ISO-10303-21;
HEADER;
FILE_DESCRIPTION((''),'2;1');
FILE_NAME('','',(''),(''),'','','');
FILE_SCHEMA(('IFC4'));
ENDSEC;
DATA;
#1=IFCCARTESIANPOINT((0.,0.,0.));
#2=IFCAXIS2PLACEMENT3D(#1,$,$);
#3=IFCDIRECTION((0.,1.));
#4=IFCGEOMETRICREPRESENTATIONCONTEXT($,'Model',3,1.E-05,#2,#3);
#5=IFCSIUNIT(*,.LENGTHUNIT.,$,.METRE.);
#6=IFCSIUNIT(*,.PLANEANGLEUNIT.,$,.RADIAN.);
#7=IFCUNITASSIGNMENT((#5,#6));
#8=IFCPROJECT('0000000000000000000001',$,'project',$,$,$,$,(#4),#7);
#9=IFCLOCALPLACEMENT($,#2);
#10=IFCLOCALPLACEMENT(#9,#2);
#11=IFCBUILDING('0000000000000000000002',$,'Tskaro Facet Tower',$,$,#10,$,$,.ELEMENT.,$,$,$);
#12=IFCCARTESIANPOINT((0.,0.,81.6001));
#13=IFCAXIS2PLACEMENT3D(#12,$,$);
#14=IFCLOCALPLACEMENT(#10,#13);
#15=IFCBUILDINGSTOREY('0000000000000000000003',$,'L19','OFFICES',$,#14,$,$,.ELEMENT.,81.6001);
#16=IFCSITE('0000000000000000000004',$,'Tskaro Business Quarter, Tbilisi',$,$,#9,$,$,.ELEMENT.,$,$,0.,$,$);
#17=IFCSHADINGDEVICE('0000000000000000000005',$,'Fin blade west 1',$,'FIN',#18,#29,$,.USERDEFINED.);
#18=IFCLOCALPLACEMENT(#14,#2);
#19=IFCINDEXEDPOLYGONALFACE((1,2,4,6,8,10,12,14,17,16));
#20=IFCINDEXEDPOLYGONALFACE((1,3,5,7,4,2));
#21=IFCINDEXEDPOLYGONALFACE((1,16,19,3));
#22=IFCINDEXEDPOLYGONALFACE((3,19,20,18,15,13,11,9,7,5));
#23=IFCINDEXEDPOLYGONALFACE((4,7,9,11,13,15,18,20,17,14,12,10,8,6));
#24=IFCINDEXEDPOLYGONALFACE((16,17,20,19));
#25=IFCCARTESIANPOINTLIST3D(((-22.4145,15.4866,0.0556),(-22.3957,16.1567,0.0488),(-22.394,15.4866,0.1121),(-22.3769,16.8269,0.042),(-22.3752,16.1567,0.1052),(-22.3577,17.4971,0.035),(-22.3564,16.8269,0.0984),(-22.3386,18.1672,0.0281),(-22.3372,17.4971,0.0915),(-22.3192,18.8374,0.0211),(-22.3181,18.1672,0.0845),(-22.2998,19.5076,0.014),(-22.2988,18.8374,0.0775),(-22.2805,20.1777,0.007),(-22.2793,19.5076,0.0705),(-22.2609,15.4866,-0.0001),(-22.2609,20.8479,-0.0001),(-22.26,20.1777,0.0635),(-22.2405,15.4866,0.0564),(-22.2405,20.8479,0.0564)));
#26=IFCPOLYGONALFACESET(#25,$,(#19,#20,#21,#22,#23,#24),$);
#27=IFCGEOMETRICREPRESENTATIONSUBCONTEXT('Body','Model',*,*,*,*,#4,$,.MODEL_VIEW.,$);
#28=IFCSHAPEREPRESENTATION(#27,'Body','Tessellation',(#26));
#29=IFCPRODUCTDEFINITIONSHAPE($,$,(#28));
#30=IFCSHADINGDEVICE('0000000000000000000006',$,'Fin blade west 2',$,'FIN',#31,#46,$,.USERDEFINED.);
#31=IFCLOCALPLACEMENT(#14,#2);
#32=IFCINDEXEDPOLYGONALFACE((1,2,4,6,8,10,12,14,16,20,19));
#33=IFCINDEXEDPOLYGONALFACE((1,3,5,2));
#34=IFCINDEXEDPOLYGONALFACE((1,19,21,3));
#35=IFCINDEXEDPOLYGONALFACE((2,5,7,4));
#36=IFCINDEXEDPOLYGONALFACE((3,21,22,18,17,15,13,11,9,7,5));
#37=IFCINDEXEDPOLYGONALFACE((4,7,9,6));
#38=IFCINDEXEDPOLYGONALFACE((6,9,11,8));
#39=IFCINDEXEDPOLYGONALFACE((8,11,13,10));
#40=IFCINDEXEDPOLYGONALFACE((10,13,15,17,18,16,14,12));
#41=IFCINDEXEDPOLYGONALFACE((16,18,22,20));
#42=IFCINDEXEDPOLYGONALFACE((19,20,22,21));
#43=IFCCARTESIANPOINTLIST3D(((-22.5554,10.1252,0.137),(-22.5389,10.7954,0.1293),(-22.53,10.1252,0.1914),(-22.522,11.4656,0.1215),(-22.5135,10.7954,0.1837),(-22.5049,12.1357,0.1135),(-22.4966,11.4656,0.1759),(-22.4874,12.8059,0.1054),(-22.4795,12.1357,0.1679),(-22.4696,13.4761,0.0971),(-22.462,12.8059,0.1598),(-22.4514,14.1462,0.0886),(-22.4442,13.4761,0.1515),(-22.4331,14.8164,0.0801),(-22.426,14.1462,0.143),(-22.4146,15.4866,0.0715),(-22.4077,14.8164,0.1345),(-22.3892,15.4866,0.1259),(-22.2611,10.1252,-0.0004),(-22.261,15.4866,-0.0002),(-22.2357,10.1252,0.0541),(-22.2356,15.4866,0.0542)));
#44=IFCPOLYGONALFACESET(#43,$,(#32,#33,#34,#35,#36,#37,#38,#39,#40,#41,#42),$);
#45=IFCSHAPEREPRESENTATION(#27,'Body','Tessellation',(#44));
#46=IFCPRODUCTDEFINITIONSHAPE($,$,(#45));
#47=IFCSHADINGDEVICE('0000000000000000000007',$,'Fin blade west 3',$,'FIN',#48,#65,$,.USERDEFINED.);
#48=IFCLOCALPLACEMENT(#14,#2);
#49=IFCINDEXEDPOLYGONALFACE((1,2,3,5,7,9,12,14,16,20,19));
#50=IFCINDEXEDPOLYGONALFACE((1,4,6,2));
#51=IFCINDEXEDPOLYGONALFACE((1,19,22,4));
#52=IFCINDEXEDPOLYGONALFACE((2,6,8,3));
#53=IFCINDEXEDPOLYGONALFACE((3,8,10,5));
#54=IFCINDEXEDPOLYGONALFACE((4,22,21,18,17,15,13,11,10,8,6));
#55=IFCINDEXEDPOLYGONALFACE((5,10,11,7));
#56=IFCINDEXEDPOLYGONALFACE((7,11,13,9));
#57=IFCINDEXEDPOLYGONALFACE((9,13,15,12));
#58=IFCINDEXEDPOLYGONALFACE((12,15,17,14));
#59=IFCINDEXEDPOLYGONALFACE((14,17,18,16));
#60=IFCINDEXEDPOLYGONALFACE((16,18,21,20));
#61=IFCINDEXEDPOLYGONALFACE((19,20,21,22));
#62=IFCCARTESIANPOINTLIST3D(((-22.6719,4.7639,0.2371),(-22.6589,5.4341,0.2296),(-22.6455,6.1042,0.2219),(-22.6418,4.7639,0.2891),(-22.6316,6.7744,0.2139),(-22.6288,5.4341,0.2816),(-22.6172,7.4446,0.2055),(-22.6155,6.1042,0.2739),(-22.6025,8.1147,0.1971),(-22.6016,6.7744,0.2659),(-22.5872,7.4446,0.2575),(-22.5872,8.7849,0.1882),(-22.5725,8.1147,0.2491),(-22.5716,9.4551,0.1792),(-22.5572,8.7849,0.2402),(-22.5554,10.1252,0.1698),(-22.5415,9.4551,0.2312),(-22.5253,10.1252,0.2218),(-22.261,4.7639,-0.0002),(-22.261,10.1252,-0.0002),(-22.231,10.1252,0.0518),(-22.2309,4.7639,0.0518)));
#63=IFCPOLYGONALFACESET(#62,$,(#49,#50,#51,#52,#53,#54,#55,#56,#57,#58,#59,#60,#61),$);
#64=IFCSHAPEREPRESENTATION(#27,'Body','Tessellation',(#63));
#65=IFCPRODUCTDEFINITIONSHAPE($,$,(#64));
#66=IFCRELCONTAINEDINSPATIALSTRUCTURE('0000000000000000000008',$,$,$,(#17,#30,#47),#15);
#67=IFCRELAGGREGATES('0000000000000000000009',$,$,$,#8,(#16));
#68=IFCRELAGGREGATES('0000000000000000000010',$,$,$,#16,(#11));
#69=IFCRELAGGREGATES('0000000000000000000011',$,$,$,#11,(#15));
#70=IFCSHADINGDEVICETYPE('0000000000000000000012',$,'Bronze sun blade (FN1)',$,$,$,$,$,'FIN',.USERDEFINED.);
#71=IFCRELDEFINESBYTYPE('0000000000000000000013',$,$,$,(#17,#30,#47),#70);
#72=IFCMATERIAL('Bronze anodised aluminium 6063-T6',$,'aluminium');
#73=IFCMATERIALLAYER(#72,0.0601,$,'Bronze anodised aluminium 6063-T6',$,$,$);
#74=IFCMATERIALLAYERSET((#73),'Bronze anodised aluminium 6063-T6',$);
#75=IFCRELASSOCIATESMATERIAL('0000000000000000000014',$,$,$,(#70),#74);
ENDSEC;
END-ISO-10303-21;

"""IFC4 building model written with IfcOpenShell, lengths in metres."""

from ifc_helpers import new_model, si_unit, direction, frame, origin, place, context, subcontext, project, spatial, polyline, outline, extrude, material, layer, layer_set, type_object, element, save


model = new_model("IFC4")

# Units and contexts
model_context = context("Model", 3, precision=1e-05, world=origin(), true_north=direction((0.0, 1.0)))
body_context = subcontext(model_context, "Body", "Model", "MODEL_VIEW")
ifc_project = project(units=[si_unit("LENGTHUNIT", "METRE"), si_unit("PLANEANGLEUNIT", "RADIAN")], contexts=[model_context])

# Site, building, storey
site_placement = place(None, origin())
site = spatial("IfcSite", under=ifc_project, at=site_placement, Name="Tskaro Business Quarter, Tbilisi", CompositionType="ELEMENT", RefElevation=0.0)
building_placement = place(site_placement, origin())
building = spatial("IfcBuilding", under=site, at=building_placement, Name="Tskaro Facet Tower", CompositionType="ELEMENT")
storey_placement = place(building_placement, frame((0.0, 0.0, 81.6001)))
storey = spatial("IfcBuildingStorey", under=building, at=storey_placement, Name="L19", Description="OFFICES", CompositionType="ELEMENT", Elevation=81.6001)

# Shared definitions
ifc_material_1 = material(Name="Bronze anodised aluminium 6063-T6", Category="aluminium")

# Shading devices
ifc_layer_1 = layer(ifc_material_1, 0.0601, Name="Bronze anodised aluminium 6063-T6")
ifc_layer_set_1 = layer_set([ifc_layer_1], Name="Bronze anodised aluminium 6063-T6")
shading_device_type = type_object("IfcShadingDeviceType", Name="Bronze sun blade (FN1)", ElementType="FIN", PredefinedType="USERDEFINED", material=ifc_layer_set_1)
shading_device_1_placement = place(storey_placement, frame((-22.2405, 20.8479, 0.0564), z_axis=(0.34067, 0.000004, 0.940183), x_axis=(0.000001, -1.0, 0.000003)))
element("IfcShadingDevice", 1, at=shading_device_1_placement, inside=storey, type_object=shading_device_type, Name="Fin blade west 1", ObjectType="FIN", PredefinedType="USERDEFINED", context=body_context, shape_type="SweptSolid", body=[
    extrude(outline(polyline([(0.0, 0.0), (5.3613, 0.0), (5.3613, -0.1633), (4.6912, -0.1433), (4.021, -0.1233), (3.3508, -0.1029), (2.6807, -0.0826), (2.0105, -0.062), (1.3403, -0.0413), (0.6702, -0.0208), (0.0, 0.0)])), origin(), (0.0, 0.0, -1.0), 0.0601),
])
shading_device_2_placement = place(storey_placement, frame((-22.2356, 15.4866, 0.0542), z_axis=(0.422943, -0.00003, 0.906157), x_axis=(-0.000013, -1.0, -0.000027)))
element("IfcShadingDevice", 2, at=shading_device_2_placement, inside=storey, type_object=shading_device_type, Name="Fin blade west 2", ObjectType="FIN", PredefinedType="USERDEFINED", context=body_context, shape_type="SweptSolid", body=[
    extrude(outline(polyline([(0.0, 0.0), (5.3613, 0.0), (5.3613, -0.3248), (4.6912, -0.3066), (4.021, -0.288), (3.3508, -0.2691), (2.6807, -0.2498), (2.0105, -0.2301), (1.3403, -0.2101), (0.6702, -0.1899), (0.0, -0.1695), (0.0, 0.0)])), origin(), (0.0, 0.0, -1.0), 0.0601),
])
shading_device_3_placement = place(storey_placement, frame((-22.231, 10.1252, 0.0518), z_axis=(0.50019, 0.000006, 0.865916), x_axis=(0.000003, -1.0, 0.000006)))
element("IfcShadingDevice", 3, at=shading_device_3_placement, inside=storey, type_object=shading_device_type, Name="Fin blade west 3", ObjectType="FIN", PredefinedType="USERDEFINED", context=body_context, shape_type="SweptSolid", body=[
    extrude(outline(polyline([(0.0, 0.0), (5.3613, 0.0), (5.3613, -0.4745), (4.6912, -0.4595), (4.021, -0.4441), (3.3508, -0.428), (2.6807, -0.4114), (2.0105, -0.3944), (1.3403, -0.3767), (0.6702, -0.3587), (0.0, -0.3399), (0.0, 0.0)])), origin(), (0.0, 0.0, -1.0), 0.0601),
])

save(model, "model.ifc")
